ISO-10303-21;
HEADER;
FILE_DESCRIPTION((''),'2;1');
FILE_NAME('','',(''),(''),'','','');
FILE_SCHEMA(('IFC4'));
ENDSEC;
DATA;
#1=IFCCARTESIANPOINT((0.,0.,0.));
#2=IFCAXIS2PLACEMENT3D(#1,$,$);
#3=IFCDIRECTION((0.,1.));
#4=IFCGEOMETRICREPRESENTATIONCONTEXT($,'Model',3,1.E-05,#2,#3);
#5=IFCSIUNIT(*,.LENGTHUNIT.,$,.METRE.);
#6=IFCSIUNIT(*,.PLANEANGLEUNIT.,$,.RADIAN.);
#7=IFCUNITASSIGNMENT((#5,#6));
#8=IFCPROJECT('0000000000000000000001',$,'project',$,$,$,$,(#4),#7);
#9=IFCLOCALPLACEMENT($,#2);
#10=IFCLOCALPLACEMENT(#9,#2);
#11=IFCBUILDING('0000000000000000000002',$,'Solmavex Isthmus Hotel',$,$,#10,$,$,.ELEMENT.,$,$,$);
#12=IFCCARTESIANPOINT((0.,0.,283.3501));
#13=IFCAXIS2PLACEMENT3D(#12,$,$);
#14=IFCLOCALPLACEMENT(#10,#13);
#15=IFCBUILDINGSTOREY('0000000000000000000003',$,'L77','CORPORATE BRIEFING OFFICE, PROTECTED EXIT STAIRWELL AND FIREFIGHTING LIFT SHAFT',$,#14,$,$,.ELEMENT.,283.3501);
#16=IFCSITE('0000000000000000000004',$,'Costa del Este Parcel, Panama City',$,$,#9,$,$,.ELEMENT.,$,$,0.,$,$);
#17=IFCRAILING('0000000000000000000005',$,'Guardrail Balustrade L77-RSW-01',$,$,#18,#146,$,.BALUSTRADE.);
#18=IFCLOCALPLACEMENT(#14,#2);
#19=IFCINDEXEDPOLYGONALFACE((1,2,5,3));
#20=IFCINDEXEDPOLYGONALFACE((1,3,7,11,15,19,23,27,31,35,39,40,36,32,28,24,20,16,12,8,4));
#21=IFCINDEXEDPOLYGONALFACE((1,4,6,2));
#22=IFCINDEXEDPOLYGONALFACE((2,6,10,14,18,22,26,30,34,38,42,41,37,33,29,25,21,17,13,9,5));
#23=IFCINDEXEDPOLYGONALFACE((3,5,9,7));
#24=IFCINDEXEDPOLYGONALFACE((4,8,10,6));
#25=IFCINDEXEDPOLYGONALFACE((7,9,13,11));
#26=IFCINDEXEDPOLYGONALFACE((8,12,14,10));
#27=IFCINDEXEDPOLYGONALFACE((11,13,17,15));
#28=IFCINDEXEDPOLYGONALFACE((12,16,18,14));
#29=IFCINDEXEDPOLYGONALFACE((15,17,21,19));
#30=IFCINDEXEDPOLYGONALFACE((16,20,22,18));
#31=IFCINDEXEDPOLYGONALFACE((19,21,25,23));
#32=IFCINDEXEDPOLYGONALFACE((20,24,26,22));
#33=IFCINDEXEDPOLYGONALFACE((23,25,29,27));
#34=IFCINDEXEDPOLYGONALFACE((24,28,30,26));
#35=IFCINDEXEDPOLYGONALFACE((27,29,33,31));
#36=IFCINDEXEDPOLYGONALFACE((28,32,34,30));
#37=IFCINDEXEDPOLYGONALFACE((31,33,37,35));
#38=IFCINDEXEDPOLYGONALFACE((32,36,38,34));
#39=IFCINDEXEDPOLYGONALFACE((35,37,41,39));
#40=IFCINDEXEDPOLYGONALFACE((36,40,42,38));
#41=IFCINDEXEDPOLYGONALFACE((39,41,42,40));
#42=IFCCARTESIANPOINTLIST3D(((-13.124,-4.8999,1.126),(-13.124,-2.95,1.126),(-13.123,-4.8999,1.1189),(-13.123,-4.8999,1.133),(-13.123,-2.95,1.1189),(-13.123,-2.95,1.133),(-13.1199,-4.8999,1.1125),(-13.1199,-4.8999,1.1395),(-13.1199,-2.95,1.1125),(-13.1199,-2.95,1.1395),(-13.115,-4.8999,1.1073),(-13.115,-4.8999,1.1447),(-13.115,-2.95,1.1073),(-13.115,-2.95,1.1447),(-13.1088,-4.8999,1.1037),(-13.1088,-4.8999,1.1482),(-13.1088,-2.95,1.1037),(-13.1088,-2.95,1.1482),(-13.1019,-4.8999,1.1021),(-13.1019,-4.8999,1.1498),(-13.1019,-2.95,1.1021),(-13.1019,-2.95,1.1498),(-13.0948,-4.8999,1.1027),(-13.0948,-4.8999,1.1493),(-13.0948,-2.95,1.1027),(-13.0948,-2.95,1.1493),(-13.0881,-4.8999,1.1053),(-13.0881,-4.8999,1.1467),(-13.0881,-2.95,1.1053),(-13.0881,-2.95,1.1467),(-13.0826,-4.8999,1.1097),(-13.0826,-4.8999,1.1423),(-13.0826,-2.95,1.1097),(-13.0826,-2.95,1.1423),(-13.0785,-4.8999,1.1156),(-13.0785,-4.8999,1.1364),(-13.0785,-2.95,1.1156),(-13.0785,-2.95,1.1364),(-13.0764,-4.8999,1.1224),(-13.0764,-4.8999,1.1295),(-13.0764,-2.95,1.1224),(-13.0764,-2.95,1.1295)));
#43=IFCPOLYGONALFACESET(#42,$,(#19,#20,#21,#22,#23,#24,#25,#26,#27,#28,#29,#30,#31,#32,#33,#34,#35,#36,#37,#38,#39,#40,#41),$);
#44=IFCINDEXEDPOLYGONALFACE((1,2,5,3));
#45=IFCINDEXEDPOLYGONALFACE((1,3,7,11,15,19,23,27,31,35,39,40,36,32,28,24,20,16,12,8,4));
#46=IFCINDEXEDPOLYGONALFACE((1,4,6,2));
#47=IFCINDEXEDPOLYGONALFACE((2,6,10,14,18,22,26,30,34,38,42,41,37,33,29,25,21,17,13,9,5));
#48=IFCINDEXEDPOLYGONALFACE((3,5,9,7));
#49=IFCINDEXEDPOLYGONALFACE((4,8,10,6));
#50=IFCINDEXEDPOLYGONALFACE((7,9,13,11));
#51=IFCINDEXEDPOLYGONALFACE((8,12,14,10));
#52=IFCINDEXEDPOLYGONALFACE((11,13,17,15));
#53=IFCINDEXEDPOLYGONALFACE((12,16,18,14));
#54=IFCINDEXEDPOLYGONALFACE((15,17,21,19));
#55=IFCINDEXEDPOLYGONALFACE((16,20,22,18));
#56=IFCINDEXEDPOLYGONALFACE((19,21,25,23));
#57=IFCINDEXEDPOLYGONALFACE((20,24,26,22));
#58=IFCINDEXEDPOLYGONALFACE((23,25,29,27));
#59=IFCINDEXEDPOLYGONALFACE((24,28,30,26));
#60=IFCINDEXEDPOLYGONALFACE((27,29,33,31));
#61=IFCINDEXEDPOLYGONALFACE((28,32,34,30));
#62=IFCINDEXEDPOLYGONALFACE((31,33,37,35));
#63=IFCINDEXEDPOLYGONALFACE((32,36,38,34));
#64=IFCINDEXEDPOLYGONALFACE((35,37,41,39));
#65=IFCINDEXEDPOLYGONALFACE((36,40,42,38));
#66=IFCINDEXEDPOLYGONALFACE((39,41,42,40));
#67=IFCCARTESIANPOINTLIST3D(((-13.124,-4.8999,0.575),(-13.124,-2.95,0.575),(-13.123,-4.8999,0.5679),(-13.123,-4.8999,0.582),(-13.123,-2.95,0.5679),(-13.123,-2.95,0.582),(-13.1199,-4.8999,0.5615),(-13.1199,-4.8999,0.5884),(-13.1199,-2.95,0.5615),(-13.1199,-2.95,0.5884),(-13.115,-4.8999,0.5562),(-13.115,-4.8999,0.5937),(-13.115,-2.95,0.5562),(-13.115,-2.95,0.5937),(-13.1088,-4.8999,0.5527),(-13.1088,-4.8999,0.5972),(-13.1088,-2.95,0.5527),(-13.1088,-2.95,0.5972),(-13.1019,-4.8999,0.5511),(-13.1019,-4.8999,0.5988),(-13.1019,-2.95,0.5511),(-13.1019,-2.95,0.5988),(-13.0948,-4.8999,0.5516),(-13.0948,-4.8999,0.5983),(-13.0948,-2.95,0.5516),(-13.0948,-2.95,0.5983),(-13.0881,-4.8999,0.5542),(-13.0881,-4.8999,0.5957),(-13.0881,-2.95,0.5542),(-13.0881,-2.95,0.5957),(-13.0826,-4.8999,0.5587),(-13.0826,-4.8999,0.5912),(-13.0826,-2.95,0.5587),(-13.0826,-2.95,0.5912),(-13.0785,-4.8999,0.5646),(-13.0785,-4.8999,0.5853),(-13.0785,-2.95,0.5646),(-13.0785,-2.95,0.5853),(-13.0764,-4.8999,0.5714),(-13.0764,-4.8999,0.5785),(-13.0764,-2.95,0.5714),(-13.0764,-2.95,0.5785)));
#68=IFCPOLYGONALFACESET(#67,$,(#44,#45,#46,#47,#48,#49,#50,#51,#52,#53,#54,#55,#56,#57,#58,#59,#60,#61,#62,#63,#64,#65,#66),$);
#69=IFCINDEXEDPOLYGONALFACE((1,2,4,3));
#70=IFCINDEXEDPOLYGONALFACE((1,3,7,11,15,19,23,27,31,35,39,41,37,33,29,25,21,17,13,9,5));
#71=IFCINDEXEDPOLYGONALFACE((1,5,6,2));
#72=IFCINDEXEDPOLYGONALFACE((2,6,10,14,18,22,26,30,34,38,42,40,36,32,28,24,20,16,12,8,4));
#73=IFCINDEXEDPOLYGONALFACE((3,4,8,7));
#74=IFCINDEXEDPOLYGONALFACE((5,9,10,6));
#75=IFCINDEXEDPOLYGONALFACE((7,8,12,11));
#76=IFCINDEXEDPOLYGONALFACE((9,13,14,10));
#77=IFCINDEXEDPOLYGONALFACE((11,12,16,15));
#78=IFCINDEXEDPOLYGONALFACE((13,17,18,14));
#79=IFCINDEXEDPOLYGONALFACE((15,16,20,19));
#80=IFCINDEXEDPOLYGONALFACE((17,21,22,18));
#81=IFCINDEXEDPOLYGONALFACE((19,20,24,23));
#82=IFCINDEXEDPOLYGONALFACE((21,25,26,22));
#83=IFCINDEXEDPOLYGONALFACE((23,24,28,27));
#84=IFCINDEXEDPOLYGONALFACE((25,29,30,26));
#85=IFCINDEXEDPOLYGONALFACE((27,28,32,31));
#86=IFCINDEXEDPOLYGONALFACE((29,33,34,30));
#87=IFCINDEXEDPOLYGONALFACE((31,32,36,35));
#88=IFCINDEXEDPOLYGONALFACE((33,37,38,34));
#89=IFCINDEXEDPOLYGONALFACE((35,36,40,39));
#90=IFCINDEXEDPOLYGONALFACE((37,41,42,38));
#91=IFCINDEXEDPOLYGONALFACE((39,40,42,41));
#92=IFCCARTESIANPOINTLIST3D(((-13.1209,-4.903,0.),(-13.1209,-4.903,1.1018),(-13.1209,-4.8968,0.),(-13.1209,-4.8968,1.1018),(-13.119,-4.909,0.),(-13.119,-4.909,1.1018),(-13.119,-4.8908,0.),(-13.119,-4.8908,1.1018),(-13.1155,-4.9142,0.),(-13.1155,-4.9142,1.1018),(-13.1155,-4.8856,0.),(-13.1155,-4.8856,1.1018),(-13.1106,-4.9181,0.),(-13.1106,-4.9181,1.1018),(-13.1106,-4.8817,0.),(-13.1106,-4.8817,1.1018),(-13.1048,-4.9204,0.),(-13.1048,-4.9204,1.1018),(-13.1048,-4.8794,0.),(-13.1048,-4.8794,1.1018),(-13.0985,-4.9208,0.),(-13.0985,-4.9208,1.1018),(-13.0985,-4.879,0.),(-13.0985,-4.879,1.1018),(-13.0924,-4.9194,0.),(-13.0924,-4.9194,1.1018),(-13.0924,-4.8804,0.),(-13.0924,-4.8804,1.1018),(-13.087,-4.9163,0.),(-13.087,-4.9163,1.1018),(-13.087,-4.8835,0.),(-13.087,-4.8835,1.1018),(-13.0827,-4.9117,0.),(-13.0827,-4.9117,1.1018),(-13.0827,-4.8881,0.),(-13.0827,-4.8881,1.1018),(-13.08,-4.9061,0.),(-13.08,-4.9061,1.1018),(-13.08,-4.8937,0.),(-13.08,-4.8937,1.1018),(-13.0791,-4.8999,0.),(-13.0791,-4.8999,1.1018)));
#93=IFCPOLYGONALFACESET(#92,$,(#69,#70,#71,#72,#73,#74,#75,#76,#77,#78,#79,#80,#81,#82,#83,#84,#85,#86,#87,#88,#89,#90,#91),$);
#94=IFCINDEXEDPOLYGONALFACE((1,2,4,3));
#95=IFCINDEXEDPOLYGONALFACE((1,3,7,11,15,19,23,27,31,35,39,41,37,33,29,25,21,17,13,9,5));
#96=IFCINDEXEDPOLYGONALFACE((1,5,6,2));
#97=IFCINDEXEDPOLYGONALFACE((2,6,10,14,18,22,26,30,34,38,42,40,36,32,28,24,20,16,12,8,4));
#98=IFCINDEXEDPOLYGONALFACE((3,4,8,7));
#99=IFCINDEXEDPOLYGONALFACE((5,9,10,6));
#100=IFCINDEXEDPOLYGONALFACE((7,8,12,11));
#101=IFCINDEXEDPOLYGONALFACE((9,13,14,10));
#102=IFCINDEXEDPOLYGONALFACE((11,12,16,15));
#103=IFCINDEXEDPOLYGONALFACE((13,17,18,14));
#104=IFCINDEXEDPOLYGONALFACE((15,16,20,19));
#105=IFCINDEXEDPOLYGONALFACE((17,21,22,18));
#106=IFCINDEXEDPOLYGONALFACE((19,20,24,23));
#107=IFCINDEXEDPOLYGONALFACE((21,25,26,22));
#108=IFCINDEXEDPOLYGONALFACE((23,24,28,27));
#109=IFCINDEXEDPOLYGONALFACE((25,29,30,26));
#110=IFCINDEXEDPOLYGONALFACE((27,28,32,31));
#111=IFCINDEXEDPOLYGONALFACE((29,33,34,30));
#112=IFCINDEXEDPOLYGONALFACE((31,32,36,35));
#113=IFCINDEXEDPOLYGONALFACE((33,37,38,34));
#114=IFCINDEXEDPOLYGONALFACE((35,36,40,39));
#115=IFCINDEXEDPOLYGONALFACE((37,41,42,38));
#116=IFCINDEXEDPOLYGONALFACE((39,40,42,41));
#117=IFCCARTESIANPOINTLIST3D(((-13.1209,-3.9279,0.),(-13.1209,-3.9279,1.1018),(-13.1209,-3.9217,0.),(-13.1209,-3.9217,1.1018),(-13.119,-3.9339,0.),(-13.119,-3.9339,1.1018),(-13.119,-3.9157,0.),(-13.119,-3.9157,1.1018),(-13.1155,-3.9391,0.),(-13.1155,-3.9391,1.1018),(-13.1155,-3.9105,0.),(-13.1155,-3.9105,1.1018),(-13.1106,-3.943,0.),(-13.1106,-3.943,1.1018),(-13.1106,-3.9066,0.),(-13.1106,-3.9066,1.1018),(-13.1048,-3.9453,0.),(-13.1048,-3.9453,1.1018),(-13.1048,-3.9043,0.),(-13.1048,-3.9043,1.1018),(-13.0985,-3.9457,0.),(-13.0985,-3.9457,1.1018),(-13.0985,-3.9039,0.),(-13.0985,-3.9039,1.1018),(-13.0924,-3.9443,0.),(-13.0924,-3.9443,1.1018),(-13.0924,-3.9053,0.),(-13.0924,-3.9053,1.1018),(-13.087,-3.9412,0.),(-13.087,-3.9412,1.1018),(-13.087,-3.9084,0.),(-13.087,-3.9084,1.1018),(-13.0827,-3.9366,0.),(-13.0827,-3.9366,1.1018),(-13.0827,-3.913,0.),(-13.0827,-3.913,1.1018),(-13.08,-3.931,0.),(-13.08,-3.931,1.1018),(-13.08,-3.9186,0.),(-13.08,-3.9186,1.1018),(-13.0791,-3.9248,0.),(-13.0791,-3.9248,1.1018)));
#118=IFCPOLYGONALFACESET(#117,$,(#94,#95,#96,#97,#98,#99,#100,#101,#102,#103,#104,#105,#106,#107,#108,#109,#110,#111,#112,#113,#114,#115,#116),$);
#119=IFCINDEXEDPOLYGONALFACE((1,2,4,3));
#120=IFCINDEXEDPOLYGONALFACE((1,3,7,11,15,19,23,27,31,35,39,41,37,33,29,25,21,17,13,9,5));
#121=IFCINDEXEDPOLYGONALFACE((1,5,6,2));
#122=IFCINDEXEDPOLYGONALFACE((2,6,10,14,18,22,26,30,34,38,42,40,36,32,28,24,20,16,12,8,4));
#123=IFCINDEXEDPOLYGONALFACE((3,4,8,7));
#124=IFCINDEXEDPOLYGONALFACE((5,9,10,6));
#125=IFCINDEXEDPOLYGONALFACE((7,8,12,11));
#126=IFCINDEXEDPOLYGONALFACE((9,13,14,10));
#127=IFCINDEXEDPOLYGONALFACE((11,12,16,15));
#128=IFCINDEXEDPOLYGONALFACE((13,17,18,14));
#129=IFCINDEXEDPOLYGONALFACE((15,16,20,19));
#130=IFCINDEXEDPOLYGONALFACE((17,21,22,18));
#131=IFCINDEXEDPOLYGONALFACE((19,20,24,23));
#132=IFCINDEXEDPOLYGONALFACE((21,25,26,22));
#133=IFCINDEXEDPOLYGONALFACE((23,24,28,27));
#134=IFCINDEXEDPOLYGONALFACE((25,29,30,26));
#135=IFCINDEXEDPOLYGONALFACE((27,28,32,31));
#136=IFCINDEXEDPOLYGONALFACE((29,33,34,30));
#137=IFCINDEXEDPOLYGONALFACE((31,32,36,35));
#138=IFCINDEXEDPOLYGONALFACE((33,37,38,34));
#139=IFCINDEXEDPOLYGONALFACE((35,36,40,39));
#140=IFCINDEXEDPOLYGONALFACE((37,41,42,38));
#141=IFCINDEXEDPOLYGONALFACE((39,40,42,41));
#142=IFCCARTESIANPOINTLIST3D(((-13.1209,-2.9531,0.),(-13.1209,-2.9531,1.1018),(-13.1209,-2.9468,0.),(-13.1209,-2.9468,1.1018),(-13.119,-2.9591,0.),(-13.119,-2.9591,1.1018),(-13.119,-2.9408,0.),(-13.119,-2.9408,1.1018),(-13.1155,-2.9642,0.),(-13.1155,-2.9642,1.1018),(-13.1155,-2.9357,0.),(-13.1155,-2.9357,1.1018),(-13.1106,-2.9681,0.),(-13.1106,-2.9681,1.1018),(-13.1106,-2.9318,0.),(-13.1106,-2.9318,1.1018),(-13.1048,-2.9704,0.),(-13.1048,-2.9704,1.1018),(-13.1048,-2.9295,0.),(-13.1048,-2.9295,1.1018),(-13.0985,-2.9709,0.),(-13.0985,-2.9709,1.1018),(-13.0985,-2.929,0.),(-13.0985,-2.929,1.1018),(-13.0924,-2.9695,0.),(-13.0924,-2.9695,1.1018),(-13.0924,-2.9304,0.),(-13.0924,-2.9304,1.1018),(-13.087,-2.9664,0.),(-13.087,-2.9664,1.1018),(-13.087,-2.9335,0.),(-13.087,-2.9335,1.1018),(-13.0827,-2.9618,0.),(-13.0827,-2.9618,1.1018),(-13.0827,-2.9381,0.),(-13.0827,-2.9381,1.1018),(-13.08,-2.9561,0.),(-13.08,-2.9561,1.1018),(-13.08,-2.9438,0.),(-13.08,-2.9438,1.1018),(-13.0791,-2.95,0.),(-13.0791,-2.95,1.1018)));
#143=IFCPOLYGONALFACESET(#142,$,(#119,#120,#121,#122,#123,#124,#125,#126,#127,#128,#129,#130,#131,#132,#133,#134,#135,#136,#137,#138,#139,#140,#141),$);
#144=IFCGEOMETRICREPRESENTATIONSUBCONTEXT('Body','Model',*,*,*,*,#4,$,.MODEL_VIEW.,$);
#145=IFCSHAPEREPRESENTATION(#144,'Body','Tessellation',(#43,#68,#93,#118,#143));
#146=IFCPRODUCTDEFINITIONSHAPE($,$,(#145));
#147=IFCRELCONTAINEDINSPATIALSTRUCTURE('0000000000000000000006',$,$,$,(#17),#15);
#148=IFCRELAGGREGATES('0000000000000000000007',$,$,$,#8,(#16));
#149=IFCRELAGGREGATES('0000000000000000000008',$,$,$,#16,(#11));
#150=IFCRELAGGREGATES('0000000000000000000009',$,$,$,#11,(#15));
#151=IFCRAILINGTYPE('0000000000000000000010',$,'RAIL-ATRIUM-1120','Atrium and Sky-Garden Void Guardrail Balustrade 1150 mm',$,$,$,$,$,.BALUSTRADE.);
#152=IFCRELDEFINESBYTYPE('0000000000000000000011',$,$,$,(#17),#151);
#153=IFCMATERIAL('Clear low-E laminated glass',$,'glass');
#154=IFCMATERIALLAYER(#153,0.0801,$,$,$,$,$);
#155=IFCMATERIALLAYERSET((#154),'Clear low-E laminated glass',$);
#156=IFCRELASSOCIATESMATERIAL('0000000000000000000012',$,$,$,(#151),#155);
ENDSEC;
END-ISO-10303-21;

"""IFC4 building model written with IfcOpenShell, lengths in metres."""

from ifc_helpers import new_model, si_unit, direction, frame, origin, origin_2d, place, context, subcontext, project, spatial, circle, extrude, material, layer, layer_set, type_object, element, save


model = new_model("IFC4")

# Units and contexts
model_context = context("Model", 3, precision=1e-05, world=origin(), true_north=direction((0.0, 1.0)))
body_context = subcontext(model_context, "Body", "Model", "MODEL_VIEW")
ifc_project = project(units=[si_unit("LENGTHUNIT", "METRE"), si_unit("PLANEANGLEUNIT", "RADIAN")], contexts=[model_context])

# Site, building, storey
site_placement = place(None, origin())
site = spatial("IfcSite", under=ifc_project, at=site_placement, Name="Costa del Este Parcel, Panama City", CompositionType="ELEMENT", RefElevation=0.0)
building_placement = place(site_placement, origin())
building = spatial("IfcBuilding", under=site, at=building_placement, Name="Solmavex Isthmus Hotel", CompositionType="ELEMENT")
storey_placement = place(building_placement, frame((0.0, 0.0, 283.3501)))
storey = spatial("IfcBuildingStorey", under=building, at=storey_placement, Name="L77", Description="CORPORATE BRIEFING OFFICE, PROTECTED EXIT STAIRWELL AND FIREFIGHTING LIFT SHAFT", CompositionType="ELEMENT", Elevation=283.3501)

# Railing
ifc_material_1 = material(Name="Clear low-E laminated glass", Category="glass")
ifc_layer_1 = layer(ifc_material_1, 0.0801)
ifc_layer_set_1 = layer_set([ifc_layer_1], Name="Clear low-E laminated glass")
railing_type_1 = type_object("IfcRailingType", Name="RAIL-ATRIUM-1120", Description="Atrium and Sky-Garden Void Guardrail Balustrade 1150 mm", PredefinedType="BALUSTRADE", material=ifc_layer_set_1)
railing_1_placement = place(storey_placement, frame((-13.1001, -4.8999, 0.0)))
element("IfcRailing", 1, at=railing_1_placement, inside=storey, type_object=railing_type_1, Name="Guardrail Balustrade L77-RSW-01", PredefinedType="BALUSTRADE", context=body_context, shape_type="SweptSolid", body=[
    extrude(circle(Radius=0.0239, at=origin_2d()), frame((0.0, 0.0, 1.126), z_axis=(0.0, 1.0, 0.0), x_axis=(-1.0, 0.0, 0.0)), (0.0, 0.0, 1.0), 1.95),
    extrude(circle(Radius=0.0239, at=origin_2d()), frame((0.0, 0.0, 0.575), z_axis=(0.0, 1.0, 0.0), x_axis=(-1.0, 0.0, 0.0)), (0.0, 0.0, 1.0), 1.95),
    extrude(circle(Radius=0.021, at=origin_2d()), origin(), (0.0, 0.0, 1.0), 1.1018),
    extrude(circle(Radius=0.021, at=origin_2d()), frame((0.0, 0.9751, 0.0)), (0.0, 0.0, 1.0), 1.1018),
    extrude(circle(Radius=0.021, at=origin_2d()), frame((0.0, 1.95, 0.0)), (0.0, 0.0, 1.0), 1.1018),
])

save(model, "model.ifc")
